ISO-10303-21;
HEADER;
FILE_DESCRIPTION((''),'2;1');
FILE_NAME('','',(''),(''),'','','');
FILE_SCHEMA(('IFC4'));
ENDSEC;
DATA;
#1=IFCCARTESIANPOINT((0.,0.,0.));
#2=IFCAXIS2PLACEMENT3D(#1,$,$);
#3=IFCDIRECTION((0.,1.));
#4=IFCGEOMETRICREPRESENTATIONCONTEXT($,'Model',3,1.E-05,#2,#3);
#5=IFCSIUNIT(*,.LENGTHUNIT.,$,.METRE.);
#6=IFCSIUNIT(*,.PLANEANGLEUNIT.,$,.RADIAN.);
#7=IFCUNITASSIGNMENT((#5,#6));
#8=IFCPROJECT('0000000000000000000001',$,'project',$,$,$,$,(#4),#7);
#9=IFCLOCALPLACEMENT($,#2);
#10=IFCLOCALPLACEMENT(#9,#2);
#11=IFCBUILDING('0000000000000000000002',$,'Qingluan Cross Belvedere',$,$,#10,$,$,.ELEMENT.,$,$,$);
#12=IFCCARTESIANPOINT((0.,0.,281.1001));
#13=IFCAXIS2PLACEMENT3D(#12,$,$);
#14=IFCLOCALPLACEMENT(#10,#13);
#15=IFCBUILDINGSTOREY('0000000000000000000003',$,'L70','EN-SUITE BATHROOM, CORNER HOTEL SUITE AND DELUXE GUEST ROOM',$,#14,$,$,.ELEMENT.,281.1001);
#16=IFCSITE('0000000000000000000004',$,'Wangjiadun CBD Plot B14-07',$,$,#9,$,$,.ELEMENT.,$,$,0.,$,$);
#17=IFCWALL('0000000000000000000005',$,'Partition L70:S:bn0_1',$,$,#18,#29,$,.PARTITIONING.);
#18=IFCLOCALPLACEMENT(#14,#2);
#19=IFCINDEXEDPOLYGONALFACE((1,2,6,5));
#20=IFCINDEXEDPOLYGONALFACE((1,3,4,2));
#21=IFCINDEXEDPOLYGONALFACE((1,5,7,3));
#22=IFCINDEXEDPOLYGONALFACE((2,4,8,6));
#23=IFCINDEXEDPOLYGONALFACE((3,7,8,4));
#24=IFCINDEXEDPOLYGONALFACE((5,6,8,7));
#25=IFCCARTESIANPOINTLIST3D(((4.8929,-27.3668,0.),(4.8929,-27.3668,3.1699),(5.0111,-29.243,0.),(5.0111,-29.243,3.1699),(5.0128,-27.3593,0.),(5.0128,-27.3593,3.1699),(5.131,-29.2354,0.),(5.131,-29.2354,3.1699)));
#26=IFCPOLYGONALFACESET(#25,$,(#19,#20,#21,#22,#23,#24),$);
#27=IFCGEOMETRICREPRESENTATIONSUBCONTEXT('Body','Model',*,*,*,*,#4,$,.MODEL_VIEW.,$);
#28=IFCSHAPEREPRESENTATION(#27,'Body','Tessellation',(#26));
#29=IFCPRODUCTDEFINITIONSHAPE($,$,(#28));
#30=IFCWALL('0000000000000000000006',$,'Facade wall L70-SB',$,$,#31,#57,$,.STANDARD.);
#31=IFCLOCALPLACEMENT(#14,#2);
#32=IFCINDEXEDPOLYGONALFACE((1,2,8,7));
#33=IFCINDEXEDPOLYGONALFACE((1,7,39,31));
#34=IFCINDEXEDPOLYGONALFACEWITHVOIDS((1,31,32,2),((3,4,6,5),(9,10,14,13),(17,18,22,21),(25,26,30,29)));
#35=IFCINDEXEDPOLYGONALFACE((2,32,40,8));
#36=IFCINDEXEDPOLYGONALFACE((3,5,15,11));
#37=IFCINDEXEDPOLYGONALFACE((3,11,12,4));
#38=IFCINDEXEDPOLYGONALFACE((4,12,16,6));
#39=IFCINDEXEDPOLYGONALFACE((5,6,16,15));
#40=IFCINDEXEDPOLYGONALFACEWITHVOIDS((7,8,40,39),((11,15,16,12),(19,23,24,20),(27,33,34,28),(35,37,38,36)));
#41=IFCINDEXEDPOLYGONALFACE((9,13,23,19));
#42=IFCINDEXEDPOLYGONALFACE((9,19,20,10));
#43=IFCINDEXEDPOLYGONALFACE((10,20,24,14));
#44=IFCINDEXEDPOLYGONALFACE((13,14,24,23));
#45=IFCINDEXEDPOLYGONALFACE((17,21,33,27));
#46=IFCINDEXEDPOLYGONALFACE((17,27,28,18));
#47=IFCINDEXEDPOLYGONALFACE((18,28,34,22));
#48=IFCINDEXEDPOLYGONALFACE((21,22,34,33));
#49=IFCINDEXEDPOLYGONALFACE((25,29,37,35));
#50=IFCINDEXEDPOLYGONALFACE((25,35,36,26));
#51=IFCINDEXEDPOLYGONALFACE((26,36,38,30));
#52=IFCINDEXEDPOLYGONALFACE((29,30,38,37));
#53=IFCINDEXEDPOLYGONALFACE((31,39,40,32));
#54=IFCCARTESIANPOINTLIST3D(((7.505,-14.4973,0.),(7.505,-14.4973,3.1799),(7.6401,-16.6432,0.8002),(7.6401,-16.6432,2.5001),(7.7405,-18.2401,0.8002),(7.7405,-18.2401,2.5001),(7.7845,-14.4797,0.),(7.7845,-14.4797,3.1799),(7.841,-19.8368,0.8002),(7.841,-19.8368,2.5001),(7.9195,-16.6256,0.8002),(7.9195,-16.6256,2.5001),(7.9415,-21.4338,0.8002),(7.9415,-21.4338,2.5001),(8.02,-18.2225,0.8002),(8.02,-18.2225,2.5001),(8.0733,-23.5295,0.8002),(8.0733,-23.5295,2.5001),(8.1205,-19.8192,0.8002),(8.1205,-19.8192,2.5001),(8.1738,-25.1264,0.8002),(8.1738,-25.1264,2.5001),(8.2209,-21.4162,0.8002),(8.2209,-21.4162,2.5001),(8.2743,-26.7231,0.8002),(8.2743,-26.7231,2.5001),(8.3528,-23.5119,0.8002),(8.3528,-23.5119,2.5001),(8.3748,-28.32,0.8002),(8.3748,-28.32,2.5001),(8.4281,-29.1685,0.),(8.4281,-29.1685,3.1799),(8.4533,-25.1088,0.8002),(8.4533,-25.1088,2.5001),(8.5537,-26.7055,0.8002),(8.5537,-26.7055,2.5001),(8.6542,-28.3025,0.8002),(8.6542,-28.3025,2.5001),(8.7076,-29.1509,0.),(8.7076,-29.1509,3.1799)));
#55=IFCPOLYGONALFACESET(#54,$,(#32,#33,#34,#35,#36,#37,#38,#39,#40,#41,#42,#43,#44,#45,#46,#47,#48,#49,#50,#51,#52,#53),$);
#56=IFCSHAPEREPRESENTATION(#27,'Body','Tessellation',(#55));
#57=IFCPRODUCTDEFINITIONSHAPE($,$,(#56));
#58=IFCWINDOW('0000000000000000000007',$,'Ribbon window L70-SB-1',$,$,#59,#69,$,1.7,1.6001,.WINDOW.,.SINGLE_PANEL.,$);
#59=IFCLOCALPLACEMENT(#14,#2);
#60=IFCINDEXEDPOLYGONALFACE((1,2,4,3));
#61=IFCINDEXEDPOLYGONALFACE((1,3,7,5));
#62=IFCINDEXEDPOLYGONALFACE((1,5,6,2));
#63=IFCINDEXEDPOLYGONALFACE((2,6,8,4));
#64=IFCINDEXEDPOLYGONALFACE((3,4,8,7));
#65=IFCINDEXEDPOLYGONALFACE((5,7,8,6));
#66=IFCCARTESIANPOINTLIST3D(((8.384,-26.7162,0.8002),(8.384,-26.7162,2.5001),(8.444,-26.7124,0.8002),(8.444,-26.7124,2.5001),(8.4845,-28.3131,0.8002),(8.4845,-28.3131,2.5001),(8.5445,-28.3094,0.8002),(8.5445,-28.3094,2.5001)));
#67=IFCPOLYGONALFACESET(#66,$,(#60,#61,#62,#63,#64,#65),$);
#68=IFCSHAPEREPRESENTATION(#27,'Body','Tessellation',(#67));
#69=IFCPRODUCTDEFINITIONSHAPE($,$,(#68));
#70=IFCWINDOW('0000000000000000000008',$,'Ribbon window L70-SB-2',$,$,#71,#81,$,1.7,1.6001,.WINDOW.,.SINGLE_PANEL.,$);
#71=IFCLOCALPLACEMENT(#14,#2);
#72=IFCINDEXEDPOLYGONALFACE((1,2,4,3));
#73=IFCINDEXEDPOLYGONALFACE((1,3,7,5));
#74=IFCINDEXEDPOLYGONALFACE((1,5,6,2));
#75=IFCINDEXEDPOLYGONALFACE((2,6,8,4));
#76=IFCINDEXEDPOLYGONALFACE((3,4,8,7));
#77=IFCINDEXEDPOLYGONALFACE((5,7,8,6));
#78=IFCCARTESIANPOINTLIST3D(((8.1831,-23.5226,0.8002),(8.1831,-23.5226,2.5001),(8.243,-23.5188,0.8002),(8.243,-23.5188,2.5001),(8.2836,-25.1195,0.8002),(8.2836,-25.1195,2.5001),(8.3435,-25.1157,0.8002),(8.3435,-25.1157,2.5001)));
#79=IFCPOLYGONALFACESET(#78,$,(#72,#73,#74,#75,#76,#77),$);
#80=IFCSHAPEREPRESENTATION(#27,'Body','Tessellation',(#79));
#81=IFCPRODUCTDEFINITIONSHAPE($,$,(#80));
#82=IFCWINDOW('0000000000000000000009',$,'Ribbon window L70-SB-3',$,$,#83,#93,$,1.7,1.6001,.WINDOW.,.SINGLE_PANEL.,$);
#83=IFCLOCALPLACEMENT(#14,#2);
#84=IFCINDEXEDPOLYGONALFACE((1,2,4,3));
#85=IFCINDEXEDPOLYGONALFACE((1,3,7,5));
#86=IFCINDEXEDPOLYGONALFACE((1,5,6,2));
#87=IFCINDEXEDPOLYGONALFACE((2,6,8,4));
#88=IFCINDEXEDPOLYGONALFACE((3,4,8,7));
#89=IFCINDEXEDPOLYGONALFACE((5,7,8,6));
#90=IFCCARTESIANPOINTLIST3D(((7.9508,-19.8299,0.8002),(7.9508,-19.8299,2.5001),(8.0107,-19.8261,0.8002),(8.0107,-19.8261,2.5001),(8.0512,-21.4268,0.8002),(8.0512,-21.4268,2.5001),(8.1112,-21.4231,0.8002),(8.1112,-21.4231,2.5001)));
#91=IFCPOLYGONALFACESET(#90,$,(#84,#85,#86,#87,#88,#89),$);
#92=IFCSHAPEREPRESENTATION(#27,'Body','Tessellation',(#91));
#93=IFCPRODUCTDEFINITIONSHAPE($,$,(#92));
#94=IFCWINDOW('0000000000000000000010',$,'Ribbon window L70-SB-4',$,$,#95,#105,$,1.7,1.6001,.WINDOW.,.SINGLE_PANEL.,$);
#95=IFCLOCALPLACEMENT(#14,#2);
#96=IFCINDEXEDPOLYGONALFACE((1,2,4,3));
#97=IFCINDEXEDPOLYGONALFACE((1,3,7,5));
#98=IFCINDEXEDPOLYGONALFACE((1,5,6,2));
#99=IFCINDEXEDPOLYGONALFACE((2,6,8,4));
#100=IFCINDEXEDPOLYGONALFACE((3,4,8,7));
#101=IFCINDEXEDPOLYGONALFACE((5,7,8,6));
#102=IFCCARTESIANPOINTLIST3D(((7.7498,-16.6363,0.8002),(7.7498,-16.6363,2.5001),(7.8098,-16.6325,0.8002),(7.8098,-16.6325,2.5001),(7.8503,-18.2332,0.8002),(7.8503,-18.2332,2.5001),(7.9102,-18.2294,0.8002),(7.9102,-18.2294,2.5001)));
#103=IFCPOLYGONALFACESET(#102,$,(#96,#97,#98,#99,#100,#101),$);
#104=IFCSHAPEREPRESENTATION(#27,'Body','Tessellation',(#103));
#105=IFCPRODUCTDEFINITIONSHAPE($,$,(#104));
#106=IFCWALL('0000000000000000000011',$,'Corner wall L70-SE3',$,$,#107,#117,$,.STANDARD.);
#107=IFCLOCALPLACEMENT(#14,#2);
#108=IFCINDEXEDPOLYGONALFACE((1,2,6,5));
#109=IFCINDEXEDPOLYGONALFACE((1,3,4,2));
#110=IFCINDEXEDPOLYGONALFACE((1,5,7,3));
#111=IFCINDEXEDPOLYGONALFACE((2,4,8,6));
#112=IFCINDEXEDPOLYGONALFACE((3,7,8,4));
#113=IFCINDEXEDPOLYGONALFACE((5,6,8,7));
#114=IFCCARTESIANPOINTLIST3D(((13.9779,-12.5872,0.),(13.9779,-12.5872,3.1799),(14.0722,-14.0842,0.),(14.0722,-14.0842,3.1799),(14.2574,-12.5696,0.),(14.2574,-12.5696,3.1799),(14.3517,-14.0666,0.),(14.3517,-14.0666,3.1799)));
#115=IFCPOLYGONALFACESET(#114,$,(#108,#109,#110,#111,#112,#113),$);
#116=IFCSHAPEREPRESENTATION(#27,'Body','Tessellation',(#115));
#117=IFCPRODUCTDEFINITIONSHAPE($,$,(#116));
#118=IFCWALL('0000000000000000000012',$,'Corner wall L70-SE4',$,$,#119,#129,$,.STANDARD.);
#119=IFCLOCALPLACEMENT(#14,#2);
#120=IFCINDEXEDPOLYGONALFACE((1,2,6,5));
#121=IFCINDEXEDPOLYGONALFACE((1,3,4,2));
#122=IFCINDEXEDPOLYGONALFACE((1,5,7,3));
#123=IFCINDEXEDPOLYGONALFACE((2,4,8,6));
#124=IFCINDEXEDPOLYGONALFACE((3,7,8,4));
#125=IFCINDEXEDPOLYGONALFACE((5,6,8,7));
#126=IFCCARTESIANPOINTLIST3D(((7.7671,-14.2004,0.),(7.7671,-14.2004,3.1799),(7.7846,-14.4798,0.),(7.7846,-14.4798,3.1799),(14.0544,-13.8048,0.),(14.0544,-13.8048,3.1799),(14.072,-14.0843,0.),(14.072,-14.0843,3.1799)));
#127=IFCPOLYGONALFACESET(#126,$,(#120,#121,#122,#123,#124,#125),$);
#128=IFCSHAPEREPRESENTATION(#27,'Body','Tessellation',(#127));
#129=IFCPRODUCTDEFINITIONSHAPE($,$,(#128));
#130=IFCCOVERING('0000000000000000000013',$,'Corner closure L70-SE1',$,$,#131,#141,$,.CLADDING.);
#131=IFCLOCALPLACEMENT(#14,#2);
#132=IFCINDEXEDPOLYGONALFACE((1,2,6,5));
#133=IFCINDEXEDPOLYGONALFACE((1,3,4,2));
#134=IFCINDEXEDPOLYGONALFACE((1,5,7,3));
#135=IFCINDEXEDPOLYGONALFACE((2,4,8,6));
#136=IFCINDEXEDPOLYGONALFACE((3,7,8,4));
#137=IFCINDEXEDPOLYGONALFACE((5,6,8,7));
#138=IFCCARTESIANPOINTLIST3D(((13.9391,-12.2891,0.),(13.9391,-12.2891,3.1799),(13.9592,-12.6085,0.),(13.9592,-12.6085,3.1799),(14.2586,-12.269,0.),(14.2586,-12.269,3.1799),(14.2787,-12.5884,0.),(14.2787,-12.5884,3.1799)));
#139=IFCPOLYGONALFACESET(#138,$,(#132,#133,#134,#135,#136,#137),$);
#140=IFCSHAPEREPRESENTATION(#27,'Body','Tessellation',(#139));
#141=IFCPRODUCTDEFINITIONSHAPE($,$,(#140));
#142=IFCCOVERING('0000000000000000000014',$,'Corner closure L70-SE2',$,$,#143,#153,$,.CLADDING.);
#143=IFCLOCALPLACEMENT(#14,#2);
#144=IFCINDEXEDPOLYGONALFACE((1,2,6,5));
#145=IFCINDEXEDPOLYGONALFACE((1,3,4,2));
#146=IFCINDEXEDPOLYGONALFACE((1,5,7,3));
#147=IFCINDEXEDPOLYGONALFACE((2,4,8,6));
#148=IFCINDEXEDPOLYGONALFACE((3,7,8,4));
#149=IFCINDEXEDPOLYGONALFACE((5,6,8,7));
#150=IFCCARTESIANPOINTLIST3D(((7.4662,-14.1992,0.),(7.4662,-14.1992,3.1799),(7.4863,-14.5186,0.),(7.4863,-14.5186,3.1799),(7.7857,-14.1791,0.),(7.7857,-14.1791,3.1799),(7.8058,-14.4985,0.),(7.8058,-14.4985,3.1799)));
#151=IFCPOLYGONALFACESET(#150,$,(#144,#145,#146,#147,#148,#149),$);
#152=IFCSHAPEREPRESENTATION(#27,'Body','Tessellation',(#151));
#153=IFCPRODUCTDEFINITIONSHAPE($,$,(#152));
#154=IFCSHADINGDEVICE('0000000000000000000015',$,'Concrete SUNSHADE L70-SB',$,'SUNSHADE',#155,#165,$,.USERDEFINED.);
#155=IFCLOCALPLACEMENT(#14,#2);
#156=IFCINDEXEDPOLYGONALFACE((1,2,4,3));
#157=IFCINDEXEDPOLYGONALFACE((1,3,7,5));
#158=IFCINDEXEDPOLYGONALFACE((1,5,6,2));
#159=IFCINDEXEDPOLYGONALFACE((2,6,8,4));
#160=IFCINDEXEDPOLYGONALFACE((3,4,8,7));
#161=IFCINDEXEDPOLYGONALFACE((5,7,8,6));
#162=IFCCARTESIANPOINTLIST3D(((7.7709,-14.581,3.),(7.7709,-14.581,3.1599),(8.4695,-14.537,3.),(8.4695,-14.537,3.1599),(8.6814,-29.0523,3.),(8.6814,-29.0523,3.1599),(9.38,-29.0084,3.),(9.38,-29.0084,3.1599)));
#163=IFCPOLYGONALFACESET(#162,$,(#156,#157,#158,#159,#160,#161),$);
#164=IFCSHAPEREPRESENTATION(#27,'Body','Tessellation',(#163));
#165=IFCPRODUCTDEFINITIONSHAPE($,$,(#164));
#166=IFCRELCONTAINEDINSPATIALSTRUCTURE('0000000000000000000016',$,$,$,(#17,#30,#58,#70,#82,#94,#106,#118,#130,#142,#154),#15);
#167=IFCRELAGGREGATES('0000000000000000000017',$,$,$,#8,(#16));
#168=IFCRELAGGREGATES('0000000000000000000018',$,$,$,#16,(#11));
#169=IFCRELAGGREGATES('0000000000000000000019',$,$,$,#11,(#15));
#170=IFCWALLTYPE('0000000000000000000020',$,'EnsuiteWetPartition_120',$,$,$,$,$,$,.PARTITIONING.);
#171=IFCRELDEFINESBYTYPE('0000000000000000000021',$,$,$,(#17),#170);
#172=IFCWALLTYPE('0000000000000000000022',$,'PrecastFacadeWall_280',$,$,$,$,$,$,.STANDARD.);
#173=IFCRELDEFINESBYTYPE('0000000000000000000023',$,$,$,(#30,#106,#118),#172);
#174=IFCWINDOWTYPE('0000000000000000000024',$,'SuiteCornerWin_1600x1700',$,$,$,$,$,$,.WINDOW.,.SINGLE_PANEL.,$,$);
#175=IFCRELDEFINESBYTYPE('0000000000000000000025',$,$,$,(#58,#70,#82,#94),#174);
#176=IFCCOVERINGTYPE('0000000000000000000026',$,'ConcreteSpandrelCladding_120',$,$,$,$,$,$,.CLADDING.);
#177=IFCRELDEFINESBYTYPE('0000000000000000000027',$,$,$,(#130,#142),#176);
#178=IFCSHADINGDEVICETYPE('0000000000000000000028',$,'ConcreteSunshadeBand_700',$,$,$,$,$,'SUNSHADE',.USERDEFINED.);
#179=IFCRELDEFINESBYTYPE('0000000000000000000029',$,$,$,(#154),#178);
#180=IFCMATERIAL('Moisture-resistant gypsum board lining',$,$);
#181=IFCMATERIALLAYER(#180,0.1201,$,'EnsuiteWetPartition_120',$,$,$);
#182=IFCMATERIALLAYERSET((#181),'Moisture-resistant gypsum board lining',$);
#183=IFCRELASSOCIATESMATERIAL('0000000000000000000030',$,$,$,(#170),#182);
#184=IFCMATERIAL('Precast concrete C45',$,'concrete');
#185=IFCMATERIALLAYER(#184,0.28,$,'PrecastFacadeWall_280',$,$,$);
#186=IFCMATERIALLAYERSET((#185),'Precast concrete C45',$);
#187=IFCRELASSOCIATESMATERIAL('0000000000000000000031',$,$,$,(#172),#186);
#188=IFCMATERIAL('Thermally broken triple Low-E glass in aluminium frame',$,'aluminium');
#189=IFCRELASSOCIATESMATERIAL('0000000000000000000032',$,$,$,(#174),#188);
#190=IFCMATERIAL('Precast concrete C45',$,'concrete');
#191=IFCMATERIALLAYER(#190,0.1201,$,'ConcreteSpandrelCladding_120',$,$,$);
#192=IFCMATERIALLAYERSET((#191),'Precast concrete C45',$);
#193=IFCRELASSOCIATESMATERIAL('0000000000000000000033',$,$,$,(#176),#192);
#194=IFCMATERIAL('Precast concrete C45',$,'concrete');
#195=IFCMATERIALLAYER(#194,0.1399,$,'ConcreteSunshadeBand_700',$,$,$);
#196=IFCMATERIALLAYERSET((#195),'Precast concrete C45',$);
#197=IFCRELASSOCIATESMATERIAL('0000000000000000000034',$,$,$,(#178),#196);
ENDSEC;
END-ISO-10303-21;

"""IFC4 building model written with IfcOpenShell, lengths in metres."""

from ifc_helpers import new_model, si_unit, direction, frame, frame_2d, origin, origin_2d, place, context, subcontext, project, spatial, rectangle, extrude, material, layer, layer_set, type_object, element, fill, save


model = new_model("IFC4")

# Units and contexts
model_context = context("Model", 3, precision=1e-05, world=origin(), true_north=direction((0.0, 1.0)))
body_context = subcontext(model_context, "Body", "Model", "MODEL_VIEW")
ifc_project = project(units=[si_unit("LENGTHUNIT", "METRE"), si_unit("PLANEANGLEUNIT", "RADIAN")], contexts=[model_context])

# Site, building, storey
site_placement = place(None, origin())
site = spatial("IfcSite", under=ifc_project, at=site_placement, Name="Wangjiadun CBD Plot B14-07", CompositionType="ELEMENT", RefElevation=0.0)
building_placement = place(site_placement, origin())
building = spatial("IfcBuilding", under=site, at=building_placement, Name="Qingluan Cross Belvedere", CompositionType="ELEMENT")
storey_placement = place(building_placement, frame((0.0, 0.0, 281.1001)))
storey = spatial("IfcBuildingStorey", under=building, at=storey_placement, Name="L70", Description="EN-SUITE BATHROOM, CORNER HOTEL SUITE AND DELUXE GUEST ROOM", CompositionType="ELEMENT", Elevation=281.1001)

# Wall
ifc_material_1 = material(Name="Moisture-resistant gypsum board lining")
ifc_layer_1 = layer(ifc_material_1, 0.1201, Name="EnsuiteWetPartition_120")
ifc_layer_set_1 = layer_set([ifc_layer_1], Name="Moisture-resistant gypsum board lining")
wall_type_1 = type_object("IfcWallType", Name="EnsuiteWetPartition_120", PredefinedType="PARTITIONING", material=ifc_layer_set_1)
wall_1_placement = place(storey_placement, frame((4.9529, -27.363, 0.0), z_axis=(0.0, 0.0, 1.0), x_axis=(0.062855, -0.998023, 0.0)))
element("IfcWall", 1, at=wall_1_placement, inside=storey, type_object=wall_type_1, Name="Partition L70:S:bn0_1", PredefinedType="PARTITIONING", context=body_context, shape_type="SweptSolid", body=[
    extrude(rectangle(XDim=1.8799, YDim=0.1201, at=frame_2d((0.9399, 0.0))), origin(), (0.0, 0.0, 1.0), 3.1699),
])

# Wall, openings, windows
ifc_material_2 = material(Name="Precast concrete C45", Category="concrete")
ifc_layer_2 = layer(ifc_material_2, 0.28, Name="PrecastFacadeWall_280")
ifc_layer_set_2 = layer_set([ifc_layer_2], Name="Precast concrete C45")
wall_type_2 = type_object("IfcWallType", Name="PrecastFacadeWall_280", PredefinedType="STANDARD", material=ifc_layer_set_2)
wall_2_placement = place(storey_placement, frame((8.5679, -29.1597, 0.0), z_axis=(0.0, 0.0, 1.0), x_axis=(-0.062795, 0.998026, 0.0)))
wall_2 = element("IfcWall", 2, at=wall_2_placement, inside=storey, type_object=wall_type_2, Name="Facade wall L70-SB", PredefinedType="STANDARD", context=body_context, shape_type="SweptSolid", body=[
    extrude(rectangle(XDim=14.7002, YDim=0.28, at=frame_2d((7.3501, 0.0))), origin(), (0.0, 0.0, 1.0), 3.1799),
])
opening_1_placement = place(wall_2_placement, frame((0.8501, 0.0, 0.8)))
opening_1 = element("IfcOpeningElement", 3, at=opening_1_placement, cuts=wall_2, PredefinedType="OPENING", context=body_context, shape_type="SweptSolid", body=[
    extrude(rectangle(XDim=1.6001, YDim=1.7, at=frame_2d((0.8, 0.8501))), frame((0.0, 0.1499, 0.0), z_axis=(0.0, -1.0, 0.0), x_axis=(1.0, 0.0, 0.0)), (0.0, 0.0, 1.0), 0.3),
])
opening_2_placement = place(wall_2_placement, frame((4.05, 0.0, 0.8)))
opening_2 = element("IfcOpeningElement", 4, at=opening_2_placement, cuts=wall_2, PredefinedType="OPENING", context=body_context, shape_type="SweptSolid", body=[
    extrude(rectangle(XDim=1.6001, YDim=1.7, at=frame_2d((0.8, 0.8501))), frame((0.0, 0.1499, 0.0), z_axis=(0.0, -1.0, 0.0), x_axis=(1.0, 0.0, 0.0)), (0.0, 0.0, 1.0), 0.3),
])
opening_3_placement = place(wall_2_placement, frame((7.75, 0.0, 0.8)))
opening_3 = element("IfcOpeningElement", 5, at=opening_3_placement, cuts=wall_2, PredefinedType="OPENING", context=body_context, shape_type="SweptSolid", body=[
    extrude(rectangle(XDim=1.6001, YDim=1.7, at=frame_2d((0.8, 0.8501))), frame((0.0, 0.1499, 0.0), z_axis=(0.0, -1.0, 0.0), x_axis=(1.0, 0.0, 0.0)), (0.0, 0.0, 1.0), 0.3),
])
opening_4_placement = place(wall_2_placement, frame((10.95, 0.0, 0.8)))
opening_4 = element("IfcOpeningElement", 6, at=opening_4_placement, cuts=wall_2, PredefinedType="OPENING", context=body_context, shape_type="SweptSolid", body=[
    extrude(rectangle(XDim=1.6001, YDim=1.7, at=frame_2d((0.8, 0.8501))), frame((0.0, 0.1499, 0.0), z_axis=(0.0, -1.0, 0.0), x_axis=(1.0, 0.0, 0.0)), (0.0, 0.0, 1.0), 0.3),
])
ifc_material_3 = material(Name="Thermally broken triple Low-E glass in aluminium frame", Category="aluminium")
window_type = type_object("IfcWindowType", Name="SuiteCornerWin_1600x1700", PartitioningType="SINGLE_PANEL", PredefinedType="WINDOW", material=ifc_material_3)
window_1_placement = place(opening_1_placement, origin())
window_1 = element("IfcWindow", 7, at=window_1_placement, inside=storey, type_object=window_type, Name="Ribbon window L70-SB-1", OverallHeight=1.7, OverallWidth=1.6001, PartitioningType="SINGLE_PANEL", PredefinedType="WINDOW", context=body_context, shape_type="SweptSolid", body=[
    extrude(rectangle(XDim=1.6001, YDim=1.7, at=frame_2d((0.8, 0.8501))), frame((0.0, 0.03, 0.0), z_axis=(0.0, -1.0, 0.0), x_axis=(1.0, 0.0, 0.0)), (0.0, 0.0, 1.0), 0.0601),
])
fill(opening_1, window_1)
window_2_placement = place(opening_2_placement, origin())
window_2 = element("IfcWindow", 8, at=window_2_placement, inside=storey, type_object=window_type, Name="Ribbon window L70-SB-2", OverallHeight=1.7, OverallWidth=1.6001, PartitioningType="SINGLE_PANEL", PredefinedType="WINDOW", context=body_context, shape_type="SweptSolid", body=[
    extrude(rectangle(XDim=1.6001, YDim=1.7, at=frame_2d((0.8, 0.8501))), frame((0.0, 0.03, 0.0), z_axis=(0.0, -1.0, 0.0), x_axis=(1.0, 0.0, 0.0)), (0.0, 0.0, 1.0), 0.0601),
])
fill(opening_2, window_2)
window_3_placement = place(opening_3_placement, origin())
window_3 = element("IfcWindow", 9, at=window_3_placement, inside=storey, type_object=window_type, Name="Ribbon window L70-SB-3", OverallHeight=1.7, OverallWidth=1.6001, PartitioningType="SINGLE_PANEL", PredefinedType="WINDOW", context=body_context, shape_type="SweptSolid", body=[
    extrude(rectangle(XDim=1.6001, YDim=1.7, at=frame_2d((0.8, 0.8501))), frame((0.0, 0.03, 0.0), z_axis=(0.0, -1.0, 0.0), x_axis=(1.0, 0.0, 0.0)), (0.0, 0.0, 1.0), 0.0601),
])
fill(opening_3, window_3)
window_4_placement = place(opening_4_placement, origin())
window_4 = element("IfcWindow", 10, at=window_4_placement, inside=storey, type_object=window_type, Name="Ribbon window L70-SB-4", OverallHeight=1.7, OverallWidth=1.6001, PartitioningType="SINGLE_PANEL", PredefinedType="WINDOW", context=body_context, shape_type="SweptSolid", body=[
    extrude(rectangle(XDim=1.6001, YDim=1.7, at=frame_2d((0.8, 0.8501))), frame((0.0, 0.03, 0.0), z_axis=(0.0, -1.0, 0.0), x_axis=(1.0, 0.0, 0.0)), (0.0, 0.0, 1.0), 0.0601),
])
fill(opening_4, window_4)

# Walls
wall_3_placement = place(storey_placement, frame((14.1177, -12.5784, 0.0), z_axis=(0.0, 0.0, 1.0), x_axis=(0.062824, -0.998025, 0.0)))
element("IfcWall", 11, at=wall_3_placement, inside=storey, type_object=wall_type_2, Name="Corner wall L70-SE3", PredefinedType="STANDARD", context=body_context, shape_type="SweptSolid", body=[
    extrude(rectangle(XDim=1.5, YDim=0.28, at=frame_2d((0.75, 0.0))), origin(), (0.0, 0.0, 1.0), 3.1799),
])
wall_4_placement = place(storey_placement, frame((14.0632, -13.9446, 0.0), z_axis=(0.0, 0.0, 1.0), x_axis=(-0.998027, -0.062781, 0.0)))
element("IfcWall", 12, at=wall_4_placement, inside=storey, type_object=wall_type_2, Name="Corner wall L70-SE4", PredefinedType="STANDARD", context=body_context, shape_type="SweptSolid", body=[
    extrude(rectangle(XDim=6.2998, YDim=0.28, at=frame_2d((3.1499, 0.0))), origin(), (0.0, 0.0, 1.0), 3.1799),
])

# Coverings
ifc_material_4 = material(Name="Precast concrete C45", Category="concrete")
ifc_layer_3 = layer(ifc_material_4, 0.1201, Name="ConcreteSpandrelCladding_120")
ifc_layer_set_3 = layer_set([ifc_layer_3], Name="Precast concrete C45")
covering_type_1 = type_object("IfcCoveringType", Name="ConcreteSpandrelCladding_120", PredefinedType="CLADDING", material=ifc_layer_set_3)
for number, where, z_axis, x_axis, name in (
    (13, (14.1089, -12.4387, 0.0), (0.0, 0.0, 1.0), (0.998027, 0.062791, 0.0), "Corner closure L70-SE1"),
    (14, (7.636, -14.3489, 0.0), (0.0, 0.0, 1.0), (0.998027, 0.062791, 0.0), "Corner closure L70-SE2"),
):
    element("IfcCovering", number, at=place(storey_placement, frame(where, z_axis=z_axis, x_axis=x_axis)), inside=storey, type_object=covering_type_1, Name=name, PredefinedType="CLADDING", context=body_context, shape_type="SweptSolid", body=[
        extrude(rectangle(XDim=0.3201, YDim=0.3201, at=origin_2d()), origin(), (0.0, 0.0, 1.0), 3.1799),
    ])

# Shading device
ifc_material_5 = material(Name="Precast concrete C45", Category="concrete")
ifc_layer_4 = layer(ifc_material_5, 0.1399, Name="ConcreteSunshadeBand_700")
ifc_layer_set_4 = layer_set([ifc_layer_4], Name="Precast concrete C45")
shading_device_type = type_object("IfcShadingDeviceType", Name="ConcreteSunshadeBand_700", ElementType="SUNSHADE", PredefinedType="USERDEFINED", material=ifc_layer_set_4)
shading_device_placement = place(storey_placement, frame((8.5754, -21.7947, 3.0), z_axis=(0.0, 0.0, 1.0), x_axis=(-0.062796, 0.998026, 0.0)))
element("IfcShadingDevice", 15, at=shading_device_placement, inside=storey, type_object=shading_device_type, Name="Concrete SUNSHADE L70-SB", ObjectType="SUNSHADE", PredefinedType="USERDEFINED", context=body_context, shape_type="SweptSolid", body=[
    extrude(rectangle(XDim=14.5, YDim=0.7, at=origin_2d()), origin(), (0.0, 0.0, 1.0), 0.1599),
])

save(model, "model.ifc")
